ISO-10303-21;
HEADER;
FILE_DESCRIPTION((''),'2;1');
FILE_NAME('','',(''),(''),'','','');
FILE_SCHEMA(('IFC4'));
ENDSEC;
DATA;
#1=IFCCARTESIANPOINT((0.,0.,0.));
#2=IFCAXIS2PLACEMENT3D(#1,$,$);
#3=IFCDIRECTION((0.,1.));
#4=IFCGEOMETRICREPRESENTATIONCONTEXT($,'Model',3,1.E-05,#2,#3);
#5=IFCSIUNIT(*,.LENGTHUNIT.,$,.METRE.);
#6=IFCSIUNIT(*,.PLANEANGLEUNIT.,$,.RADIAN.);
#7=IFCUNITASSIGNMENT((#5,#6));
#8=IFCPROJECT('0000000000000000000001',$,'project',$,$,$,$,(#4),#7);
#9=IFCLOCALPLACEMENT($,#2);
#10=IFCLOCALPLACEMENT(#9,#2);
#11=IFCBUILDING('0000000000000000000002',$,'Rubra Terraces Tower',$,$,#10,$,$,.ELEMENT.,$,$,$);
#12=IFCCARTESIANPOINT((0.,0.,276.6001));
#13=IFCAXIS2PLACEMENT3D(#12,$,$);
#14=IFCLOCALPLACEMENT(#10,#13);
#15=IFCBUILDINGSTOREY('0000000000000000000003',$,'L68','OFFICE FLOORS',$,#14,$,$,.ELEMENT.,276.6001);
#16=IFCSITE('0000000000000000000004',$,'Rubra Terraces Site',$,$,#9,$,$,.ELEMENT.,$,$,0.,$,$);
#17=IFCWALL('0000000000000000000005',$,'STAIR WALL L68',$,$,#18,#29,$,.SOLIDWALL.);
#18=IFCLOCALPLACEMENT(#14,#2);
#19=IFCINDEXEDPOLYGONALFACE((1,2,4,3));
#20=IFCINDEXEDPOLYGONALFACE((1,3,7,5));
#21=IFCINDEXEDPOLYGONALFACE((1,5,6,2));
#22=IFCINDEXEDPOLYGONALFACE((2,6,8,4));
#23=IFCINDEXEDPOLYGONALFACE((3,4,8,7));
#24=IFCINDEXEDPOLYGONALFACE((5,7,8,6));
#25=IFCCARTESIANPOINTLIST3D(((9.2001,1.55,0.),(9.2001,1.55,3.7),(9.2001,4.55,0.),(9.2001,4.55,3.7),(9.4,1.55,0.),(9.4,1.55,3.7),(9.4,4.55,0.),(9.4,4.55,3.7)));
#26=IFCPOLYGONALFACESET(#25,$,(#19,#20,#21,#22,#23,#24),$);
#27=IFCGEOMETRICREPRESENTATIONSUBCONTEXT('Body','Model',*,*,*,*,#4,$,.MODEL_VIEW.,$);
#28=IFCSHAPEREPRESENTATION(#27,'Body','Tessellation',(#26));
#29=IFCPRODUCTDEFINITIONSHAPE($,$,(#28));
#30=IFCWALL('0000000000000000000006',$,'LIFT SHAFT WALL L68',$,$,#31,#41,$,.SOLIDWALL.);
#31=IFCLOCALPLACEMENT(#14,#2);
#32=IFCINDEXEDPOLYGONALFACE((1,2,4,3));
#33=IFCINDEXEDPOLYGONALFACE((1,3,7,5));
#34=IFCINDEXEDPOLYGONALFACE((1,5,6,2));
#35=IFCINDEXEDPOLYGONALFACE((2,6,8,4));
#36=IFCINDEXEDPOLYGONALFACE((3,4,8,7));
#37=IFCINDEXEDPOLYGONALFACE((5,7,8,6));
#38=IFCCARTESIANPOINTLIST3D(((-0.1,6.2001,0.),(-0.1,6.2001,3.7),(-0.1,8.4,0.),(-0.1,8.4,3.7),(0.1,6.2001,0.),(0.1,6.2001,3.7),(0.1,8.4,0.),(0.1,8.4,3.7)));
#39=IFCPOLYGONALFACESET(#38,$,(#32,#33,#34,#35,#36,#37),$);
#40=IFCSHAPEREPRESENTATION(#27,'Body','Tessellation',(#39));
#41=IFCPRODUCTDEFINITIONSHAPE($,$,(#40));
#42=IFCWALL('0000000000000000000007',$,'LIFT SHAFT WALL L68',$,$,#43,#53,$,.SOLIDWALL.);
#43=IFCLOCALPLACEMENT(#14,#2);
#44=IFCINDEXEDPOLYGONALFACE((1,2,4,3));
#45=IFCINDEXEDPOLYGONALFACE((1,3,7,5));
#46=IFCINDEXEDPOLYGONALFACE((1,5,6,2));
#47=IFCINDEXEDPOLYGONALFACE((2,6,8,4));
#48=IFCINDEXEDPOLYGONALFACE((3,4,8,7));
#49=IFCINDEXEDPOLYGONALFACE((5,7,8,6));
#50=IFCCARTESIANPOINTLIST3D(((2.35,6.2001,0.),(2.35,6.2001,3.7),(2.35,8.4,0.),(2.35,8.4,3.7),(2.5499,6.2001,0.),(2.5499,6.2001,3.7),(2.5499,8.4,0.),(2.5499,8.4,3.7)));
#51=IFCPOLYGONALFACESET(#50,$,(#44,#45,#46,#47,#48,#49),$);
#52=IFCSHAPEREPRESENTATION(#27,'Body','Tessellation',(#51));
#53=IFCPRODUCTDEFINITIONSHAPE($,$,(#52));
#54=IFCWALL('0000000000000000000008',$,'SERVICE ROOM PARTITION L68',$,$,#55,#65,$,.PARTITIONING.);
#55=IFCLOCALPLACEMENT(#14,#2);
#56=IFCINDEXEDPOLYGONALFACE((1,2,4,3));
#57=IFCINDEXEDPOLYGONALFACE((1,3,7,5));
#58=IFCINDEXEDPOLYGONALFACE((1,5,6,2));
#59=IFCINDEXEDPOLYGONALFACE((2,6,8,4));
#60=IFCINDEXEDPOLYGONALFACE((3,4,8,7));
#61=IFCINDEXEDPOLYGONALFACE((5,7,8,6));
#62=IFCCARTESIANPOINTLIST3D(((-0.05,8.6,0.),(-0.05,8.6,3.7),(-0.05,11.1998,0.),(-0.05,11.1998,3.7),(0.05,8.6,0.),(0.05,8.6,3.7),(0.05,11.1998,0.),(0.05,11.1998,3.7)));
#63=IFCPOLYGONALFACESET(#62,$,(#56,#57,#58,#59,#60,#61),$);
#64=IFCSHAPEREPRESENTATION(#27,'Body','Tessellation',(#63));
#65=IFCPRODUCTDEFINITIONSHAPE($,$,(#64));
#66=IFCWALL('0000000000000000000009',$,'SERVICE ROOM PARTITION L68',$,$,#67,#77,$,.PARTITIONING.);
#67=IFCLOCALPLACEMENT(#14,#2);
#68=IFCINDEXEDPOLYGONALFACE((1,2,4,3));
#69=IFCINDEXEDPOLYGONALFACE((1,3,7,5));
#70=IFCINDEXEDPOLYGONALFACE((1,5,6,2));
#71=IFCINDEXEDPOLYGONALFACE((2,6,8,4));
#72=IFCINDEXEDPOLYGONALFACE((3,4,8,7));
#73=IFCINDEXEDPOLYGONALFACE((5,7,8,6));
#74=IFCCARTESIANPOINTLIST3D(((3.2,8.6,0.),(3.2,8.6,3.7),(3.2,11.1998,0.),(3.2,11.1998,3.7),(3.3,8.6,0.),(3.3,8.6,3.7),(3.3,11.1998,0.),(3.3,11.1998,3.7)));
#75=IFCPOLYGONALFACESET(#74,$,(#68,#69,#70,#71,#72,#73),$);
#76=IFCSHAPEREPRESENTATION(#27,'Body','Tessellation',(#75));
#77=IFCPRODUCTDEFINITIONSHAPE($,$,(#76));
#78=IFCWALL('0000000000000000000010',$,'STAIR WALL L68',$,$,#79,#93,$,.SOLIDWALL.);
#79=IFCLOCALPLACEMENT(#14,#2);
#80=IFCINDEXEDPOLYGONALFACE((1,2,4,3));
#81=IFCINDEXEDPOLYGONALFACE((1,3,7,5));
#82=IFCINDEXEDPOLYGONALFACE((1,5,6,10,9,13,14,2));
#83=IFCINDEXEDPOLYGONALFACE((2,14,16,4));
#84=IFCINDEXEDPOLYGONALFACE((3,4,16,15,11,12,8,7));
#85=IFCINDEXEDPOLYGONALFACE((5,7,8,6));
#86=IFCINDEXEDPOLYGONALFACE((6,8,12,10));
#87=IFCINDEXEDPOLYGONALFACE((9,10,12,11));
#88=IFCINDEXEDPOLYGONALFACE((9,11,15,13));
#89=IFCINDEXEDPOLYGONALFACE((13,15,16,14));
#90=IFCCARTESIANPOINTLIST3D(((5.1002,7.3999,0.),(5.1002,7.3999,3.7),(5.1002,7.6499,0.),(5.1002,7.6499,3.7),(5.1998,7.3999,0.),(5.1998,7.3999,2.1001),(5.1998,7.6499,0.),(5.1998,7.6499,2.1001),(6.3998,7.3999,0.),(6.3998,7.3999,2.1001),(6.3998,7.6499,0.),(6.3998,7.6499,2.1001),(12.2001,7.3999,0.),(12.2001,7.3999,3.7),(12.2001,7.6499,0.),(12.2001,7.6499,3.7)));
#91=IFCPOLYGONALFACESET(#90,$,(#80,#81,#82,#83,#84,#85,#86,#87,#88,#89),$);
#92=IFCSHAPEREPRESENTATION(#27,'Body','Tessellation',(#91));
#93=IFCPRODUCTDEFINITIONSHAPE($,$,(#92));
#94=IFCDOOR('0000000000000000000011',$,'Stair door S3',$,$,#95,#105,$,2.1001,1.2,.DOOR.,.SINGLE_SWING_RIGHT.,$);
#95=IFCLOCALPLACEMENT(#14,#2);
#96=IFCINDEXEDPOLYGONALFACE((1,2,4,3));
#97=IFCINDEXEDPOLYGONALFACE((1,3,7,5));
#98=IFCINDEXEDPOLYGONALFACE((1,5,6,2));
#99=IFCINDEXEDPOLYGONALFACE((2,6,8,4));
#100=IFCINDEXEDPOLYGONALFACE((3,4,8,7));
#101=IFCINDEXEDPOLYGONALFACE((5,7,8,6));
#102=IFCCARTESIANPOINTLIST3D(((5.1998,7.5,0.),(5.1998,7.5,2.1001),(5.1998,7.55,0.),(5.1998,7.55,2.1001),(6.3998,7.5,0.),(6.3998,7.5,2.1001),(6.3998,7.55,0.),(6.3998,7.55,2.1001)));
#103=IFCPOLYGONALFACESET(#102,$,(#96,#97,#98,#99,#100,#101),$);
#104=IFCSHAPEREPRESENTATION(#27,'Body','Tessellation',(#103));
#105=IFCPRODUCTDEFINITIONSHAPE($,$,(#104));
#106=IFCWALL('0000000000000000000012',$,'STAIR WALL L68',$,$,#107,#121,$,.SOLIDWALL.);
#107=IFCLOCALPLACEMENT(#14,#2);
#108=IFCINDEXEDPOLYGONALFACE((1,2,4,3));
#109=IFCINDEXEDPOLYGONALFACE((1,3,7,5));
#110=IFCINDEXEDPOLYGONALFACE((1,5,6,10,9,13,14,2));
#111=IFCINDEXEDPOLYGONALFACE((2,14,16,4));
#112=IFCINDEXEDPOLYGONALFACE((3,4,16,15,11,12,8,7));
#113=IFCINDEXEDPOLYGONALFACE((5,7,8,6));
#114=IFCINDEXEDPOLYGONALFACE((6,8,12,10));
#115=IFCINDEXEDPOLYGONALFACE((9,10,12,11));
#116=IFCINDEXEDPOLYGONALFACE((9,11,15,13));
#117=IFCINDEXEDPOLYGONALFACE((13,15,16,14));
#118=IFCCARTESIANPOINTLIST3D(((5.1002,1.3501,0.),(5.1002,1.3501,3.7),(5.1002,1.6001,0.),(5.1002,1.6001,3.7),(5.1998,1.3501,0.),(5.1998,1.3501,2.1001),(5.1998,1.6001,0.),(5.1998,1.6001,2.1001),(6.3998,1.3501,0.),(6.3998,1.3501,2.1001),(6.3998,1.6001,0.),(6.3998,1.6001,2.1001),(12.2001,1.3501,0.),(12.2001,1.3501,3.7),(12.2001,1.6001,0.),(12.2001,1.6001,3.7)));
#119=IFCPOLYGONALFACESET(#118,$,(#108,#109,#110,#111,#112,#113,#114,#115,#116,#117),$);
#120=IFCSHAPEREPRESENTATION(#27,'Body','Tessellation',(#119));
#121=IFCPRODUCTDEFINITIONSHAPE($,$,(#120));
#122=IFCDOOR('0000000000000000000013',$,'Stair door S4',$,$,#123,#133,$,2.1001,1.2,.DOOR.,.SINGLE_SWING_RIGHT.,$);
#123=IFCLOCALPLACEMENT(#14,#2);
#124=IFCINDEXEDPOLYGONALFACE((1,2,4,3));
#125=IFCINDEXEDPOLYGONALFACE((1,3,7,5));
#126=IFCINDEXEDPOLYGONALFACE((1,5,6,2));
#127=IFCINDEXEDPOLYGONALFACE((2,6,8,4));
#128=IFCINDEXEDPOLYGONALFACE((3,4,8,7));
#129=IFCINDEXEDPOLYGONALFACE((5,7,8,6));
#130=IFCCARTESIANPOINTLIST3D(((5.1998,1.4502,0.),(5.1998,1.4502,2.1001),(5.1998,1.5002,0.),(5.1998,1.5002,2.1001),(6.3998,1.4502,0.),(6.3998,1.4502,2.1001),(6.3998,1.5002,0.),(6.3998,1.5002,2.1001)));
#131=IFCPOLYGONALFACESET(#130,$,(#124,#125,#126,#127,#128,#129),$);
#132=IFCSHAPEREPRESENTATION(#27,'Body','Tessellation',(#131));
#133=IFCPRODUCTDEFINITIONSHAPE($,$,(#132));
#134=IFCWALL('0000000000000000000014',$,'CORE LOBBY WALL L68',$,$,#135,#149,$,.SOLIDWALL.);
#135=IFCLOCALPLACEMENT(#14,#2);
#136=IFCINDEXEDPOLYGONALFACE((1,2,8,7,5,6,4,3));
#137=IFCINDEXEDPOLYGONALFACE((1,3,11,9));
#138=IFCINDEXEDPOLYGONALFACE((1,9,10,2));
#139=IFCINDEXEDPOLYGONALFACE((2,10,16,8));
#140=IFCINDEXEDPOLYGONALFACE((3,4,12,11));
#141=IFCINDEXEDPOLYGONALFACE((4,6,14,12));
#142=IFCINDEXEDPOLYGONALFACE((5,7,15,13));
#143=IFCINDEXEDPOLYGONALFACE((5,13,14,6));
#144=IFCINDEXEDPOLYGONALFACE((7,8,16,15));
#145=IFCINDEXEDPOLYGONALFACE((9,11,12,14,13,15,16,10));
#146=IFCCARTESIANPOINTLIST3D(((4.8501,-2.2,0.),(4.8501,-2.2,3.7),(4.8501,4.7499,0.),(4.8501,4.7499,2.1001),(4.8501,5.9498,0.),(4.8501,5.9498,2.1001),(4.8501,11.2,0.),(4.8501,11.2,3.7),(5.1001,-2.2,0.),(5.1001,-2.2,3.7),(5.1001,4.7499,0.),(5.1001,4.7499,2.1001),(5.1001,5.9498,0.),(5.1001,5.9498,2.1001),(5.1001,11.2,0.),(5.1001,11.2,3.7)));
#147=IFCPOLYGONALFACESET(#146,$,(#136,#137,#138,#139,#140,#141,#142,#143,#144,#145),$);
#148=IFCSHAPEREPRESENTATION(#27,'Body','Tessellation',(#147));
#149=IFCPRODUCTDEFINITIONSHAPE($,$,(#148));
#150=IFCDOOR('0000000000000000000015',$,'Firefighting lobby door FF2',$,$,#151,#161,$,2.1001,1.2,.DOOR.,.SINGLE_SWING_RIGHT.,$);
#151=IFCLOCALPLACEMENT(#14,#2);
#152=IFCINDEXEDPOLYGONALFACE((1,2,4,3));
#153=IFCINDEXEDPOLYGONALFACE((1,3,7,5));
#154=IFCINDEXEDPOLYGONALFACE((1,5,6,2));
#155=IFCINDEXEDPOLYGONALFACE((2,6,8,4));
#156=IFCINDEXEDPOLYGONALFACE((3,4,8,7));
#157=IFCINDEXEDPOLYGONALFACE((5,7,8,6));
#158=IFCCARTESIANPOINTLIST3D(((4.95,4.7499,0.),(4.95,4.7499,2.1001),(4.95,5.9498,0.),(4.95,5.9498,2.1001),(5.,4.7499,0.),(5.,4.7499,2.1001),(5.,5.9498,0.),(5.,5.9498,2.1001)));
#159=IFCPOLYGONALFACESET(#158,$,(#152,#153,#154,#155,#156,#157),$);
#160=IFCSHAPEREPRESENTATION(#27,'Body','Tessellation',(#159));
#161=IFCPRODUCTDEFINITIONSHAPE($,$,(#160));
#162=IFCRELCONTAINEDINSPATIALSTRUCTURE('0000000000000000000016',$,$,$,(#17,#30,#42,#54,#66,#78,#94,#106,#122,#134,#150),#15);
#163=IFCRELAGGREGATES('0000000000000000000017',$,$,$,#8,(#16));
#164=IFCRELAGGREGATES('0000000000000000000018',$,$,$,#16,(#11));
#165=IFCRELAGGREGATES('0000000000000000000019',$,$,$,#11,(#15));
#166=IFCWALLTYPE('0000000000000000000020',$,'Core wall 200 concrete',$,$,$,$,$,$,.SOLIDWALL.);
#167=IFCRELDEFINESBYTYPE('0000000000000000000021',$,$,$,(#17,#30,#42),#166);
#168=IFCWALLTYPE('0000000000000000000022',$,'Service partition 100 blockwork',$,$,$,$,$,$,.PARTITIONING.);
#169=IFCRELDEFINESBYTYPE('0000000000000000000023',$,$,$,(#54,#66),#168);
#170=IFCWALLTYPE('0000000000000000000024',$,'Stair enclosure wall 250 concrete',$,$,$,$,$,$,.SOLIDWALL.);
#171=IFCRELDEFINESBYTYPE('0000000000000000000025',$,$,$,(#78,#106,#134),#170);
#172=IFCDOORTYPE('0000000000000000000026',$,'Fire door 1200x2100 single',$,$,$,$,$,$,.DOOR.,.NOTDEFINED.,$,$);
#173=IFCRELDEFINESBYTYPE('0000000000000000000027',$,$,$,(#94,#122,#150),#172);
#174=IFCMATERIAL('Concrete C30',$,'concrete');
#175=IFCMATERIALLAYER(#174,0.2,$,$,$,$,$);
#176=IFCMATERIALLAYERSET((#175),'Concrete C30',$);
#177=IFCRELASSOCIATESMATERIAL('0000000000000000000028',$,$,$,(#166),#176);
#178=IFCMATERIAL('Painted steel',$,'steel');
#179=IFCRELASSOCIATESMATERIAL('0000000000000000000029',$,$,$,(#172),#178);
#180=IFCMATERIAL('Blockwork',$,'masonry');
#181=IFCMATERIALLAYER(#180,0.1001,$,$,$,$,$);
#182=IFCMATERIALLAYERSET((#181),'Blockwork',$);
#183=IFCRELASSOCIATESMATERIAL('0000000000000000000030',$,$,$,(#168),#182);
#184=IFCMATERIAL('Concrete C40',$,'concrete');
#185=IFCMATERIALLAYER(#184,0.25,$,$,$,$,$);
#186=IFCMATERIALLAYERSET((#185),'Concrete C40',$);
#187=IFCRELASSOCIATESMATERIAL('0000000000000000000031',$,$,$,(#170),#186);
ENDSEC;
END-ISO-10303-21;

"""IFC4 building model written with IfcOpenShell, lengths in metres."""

from ifc_helpers import new_model, si_unit, direction, frame, frame_2d, origin, place, context, subcontext, project, spatial, rectangle, extrude, material, layer, layer_set, type_object, element, fill, save


model = new_model("IFC4")

# Units and contexts
model_context = context("Model", 3, precision=1e-05, world=origin(), true_north=direction((0.0, 1.0)))
body_context = subcontext(model_context, "Body", "Model", "MODEL_VIEW")
ifc_project = project(units=[si_unit("LENGTHUNIT", "METRE"), si_unit("PLANEANGLEUNIT", "RADIAN")], contexts=[model_context])

# Site, building, storey
site_placement = place(None, origin())
site = spatial("IfcSite", under=ifc_project, at=site_placement, Name="Rubra Terraces Site", CompositionType="ELEMENT", RefElevation=0.0)
building_placement = place(site_placement, origin())
building = spatial("IfcBuilding", under=site, at=building_placement, Name="Rubra Terraces Tower", CompositionType="ELEMENT")
storey_placement = place(building_placement, frame((0.0, 0.0, 276.6001)))
storey = spatial("IfcBuildingStorey", under=building, at=storey_placement, Name="L68", Description="OFFICE FLOORS", CompositionType="ELEMENT", Elevation=276.6001)

# Shared definitions
ifc_material_1 = material(Name="Concrete C40", Category="concrete")

# Shared definitions
ifc_material_2 = material(Name="Concrete C30", Category="concrete")
ifc_layer_1 = layer(ifc_material_2, 0.2)
ifc_layer_set_1 = layer_set([ifc_layer_1], Name="Concrete C30")
wall_type_1 = type_object("IfcWallType", Name="Core wall 200 concrete", PredefinedType="SOLIDWALL", material=ifc_layer_set_1)
ifc_material_3 = material(Name="Painted steel", Category="steel")
door_type_1 = type_object("IfcDoorType", Name="Fire door 1200x2100 single", OperationType="NOTDEFINED", PredefinedType="DOOR", material=ifc_material_3)

# Walls
wall_1_placement = place(storey_placement, frame((9.3, 4.55, 0.0), z_axis=(0.0, 0.0, 1.0), x_axis=(0.0, -1.0, 0.0)))
element("IfcWall", 1, at=wall_1_placement, inside=storey, type_object=wall_type_1, Name="STAIR WALL L68", PredefinedType="SOLIDWALL", context=body_context, shape_type="SweptSolid", body=[
    extrude(rectangle(XDim=3.0, YDim=0.2, at=frame_2d((1.5, 0.0))), origin(), (0.0, 0.0, 1.0), 3.7),
])
for number, where, z_axis, x_axis, name in (
    (2, (0.0, 6.2, 0.0), (0.0, 0.0, 1.0), (0.0, 1.0, 0.0), "LIFT SHAFT WALL L68"),
    (3, (2.45, 6.2, 0.0), (0.0, 0.0, 1.0), (0.0, 1.0, 0.0), "LIFT SHAFT WALL L68"),
):
    element("IfcWall", number, at=place(storey_placement, frame(where, z_axis=z_axis, x_axis=x_axis)), inside=storey, type_object=wall_type_1, Name=name, PredefinedType="SOLIDWALL", context=body_context, shape_type="SweptSolid", body=[
        extrude(rectangle(XDim=2.2, YDim=0.2, at=frame_2d((1.1001, 0.0))), origin(), (0.0, 0.0, 1.0), 3.7),
    ])
ifc_material_4 = material(Name="Blockwork", Category="masonry")
ifc_layer_2 = layer(ifc_material_4, 0.1001)
ifc_layer_set_2 = layer_set([ifc_layer_2], Name="Blockwork")
wall_type_2 = type_object("IfcWallType", Name="Service partition 100 blockwork", PredefinedType="PARTITIONING", material=ifc_layer_set_2)
for number, where, z_axis, x_axis, name in (
    (4, (0.0, 8.6001, 0.0), (0.0, 0.0, 1.0), (0.0, 1.0, 0.0), "SERVICE ROOM PARTITION L68"),
    (5, (3.25, 8.6001, 0.0), (0.0, 0.0, 1.0), (0.0, 1.0, 0.0), "SERVICE ROOM PARTITION L68"),
):
    element("IfcWall", number, at=place(storey_placement, frame(where, z_axis=z_axis, x_axis=x_axis)), inside=storey, type_object=wall_type_2, Name=name, PredefinedType="PARTITIONING", context=body_context, shape_type="SweptSolid", body=[
        extrude(rectangle(XDim=2.5999, YDim=0.1001, at=frame_2d((1.2998, 0.0))), origin(), (0.0, 0.0, 1.0), 3.7),
    ])

# Walls, openings, doors
ifc_layer_3 = layer(ifc_material_1, 0.25)
ifc_layer_set_3 = layer_set([ifc_layer_3], Name="Concrete C40")
wall_type_3 = type_object("IfcWallType", Name="Stair enclosure wall 250 concrete", PredefinedType="SOLIDWALL", material=ifc_layer_set_3)
wall_2_placement = place(storey_placement, frame((12.2, 7.5249, 0.0), z_axis=(0.0, 0.0, 1.0), x_axis=(-1.0, 0.0, 0.0)))
wall_2 = element("IfcWall", 6, at=wall_2_placement, inside=storey, type_object=wall_type_3, Name="STAIR WALL L68", PredefinedType="SOLIDWALL", context=body_context, shape_type="SweptSolid", body=[
    extrude(rectangle(XDim=7.0999, YDim=0.25, at=frame_2d((3.5498, 0.0))), origin(), (0.0, 0.0, 1.0), 3.7),
])
opening_1_placement = place(wall_2_placement, frame((5.8, 0.0, 0.0)))
opening_1 = element("IfcOpeningElement", 7, at=opening_1_placement, cuts=wall_2, PredefinedType="OPENING", context=body_context, shape_type="SweptSolid", body=[
    extrude(rectangle(XDim=1.2, YDim=2.1001, at=frame_2d((0.6001, 1.05))), frame((0.0, 0.135, 0.0), z_axis=(0.0, -1.0, 0.0), x_axis=(1.0, 0.0, 0.0)), (0.0, 0.0, 1.0), 0.27),
])
door_1_placement = place(opening_1_placement, origin())
door_1 = element("IfcDoor", 8, at=door_1_placement, inside=storey, type_object=door_type_1, Name="Stair door S3", OperationType="SINGLE_SWING_RIGHT", OverallHeight=2.1001, OverallWidth=1.2, PredefinedType="DOOR", context=body_context, shape_type="SweptSolid", body=[
    extrude(rectangle(XDim=1.2, YDim=2.1001, at=frame_2d((0.6001, 1.05))), frame((0.0, 0.0249, 0.0), z_axis=(0.0, -1.0, 0.0), x_axis=(1.0, 0.0, 0.0)), (0.0, 0.0, 1.0), 0.05),
])
fill(opening_1, door_1)
wall_3_placement = place(storey_placement, frame((12.2, 1.4751, 0.0), z_axis=(0.0, 0.0, 1.0), x_axis=(-1.0, 0.0, 0.0)))
wall_3 = element("IfcWall", 9, at=wall_3_placement, inside=storey, type_object=wall_type_3, Name="STAIR WALL L68", PredefinedType="SOLIDWALL", context=body_context, shape_type="SweptSolid", body=[
    extrude(rectangle(XDim=7.0999, YDim=0.25, at=frame_2d((3.5498, 0.0))), origin(), (0.0, 0.0, 1.0), 3.7),
])
opening_2_placement = place(wall_3_placement, frame((5.8, 0.0, 0.0)))
opening_2 = element("IfcOpeningElement", 10, at=opening_2_placement, cuts=wall_3, PredefinedType="OPENING", context=body_context, shape_type="SweptSolid", body=[
    extrude(rectangle(XDim=1.2, YDim=2.1001, at=frame_2d((0.6001, 1.05))), frame((0.0, 0.135, 0.0), z_axis=(0.0, -1.0, 0.0), x_axis=(1.0, 0.0, 0.0)), (0.0, 0.0, 1.0), 0.27),
])
door_2_placement = place(opening_2_placement, origin())
door_2 = element("IfcDoor", 11, at=door_2_placement, inside=storey, type_object=door_type_1, Name="Stair door S4", OperationType="SINGLE_SWING_RIGHT", OverallHeight=2.1001, OverallWidth=1.2, PredefinedType="DOOR", context=body_context, shape_type="SweptSolid", body=[
    extrude(rectangle(XDim=1.2, YDim=2.1001, at=frame_2d((0.6001, 1.05))), frame((0.0, 0.0249, 0.0), z_axis=(0.0, -1.0, 0.0), x_axis=(1.0, 0.0, 0.0)), (0.0, 0.0, 1.0), 0.05),
])
fill(opening_2, door_2)
wall_4_placement = place(storey_placement, frame((4.9751, 11.2, 0.0), z_axis=(0.0, 0.0, 1.0), x_axis=(0.0, -1.0, 0.0)))
wall_4 = element("IfcWall", 12, at=wall_4_placement, inside=storey, type_object=wall_type_3, Name="CORE LOBBY WALL L68", PredefinedType="SOLIDWALL", context=body_context, shape_type="SweptSolid", body=[
    extrude(rectangle(XDim=13.3999, YDim=0.25, at=frame_2d((6.7, 0.0))), origin(), (0.0, 0.0, 1.0), 3.7),
])
opening_3_placement = place(wall_4_placement, frame((5.25, 0.0, 0.0)))
opening_3 = element("IfcOpeningElement", 13, at=opening_3_placement, cuts=wall_4, PredefinedType="OPENING", context=body_context, shape_type="SweptSolid", body=[
    extrude(rectangle(XDim=1.2, YDim=2.1001, at=frame_2d((0.6001, 1.05))), frame((0.0, 0.135, 0.0), z_axis=(0.0, -1.0, 0.0), x_axis=(1.0, 0.0, 0.0)), (0.0, 0.0, 1.0), 0.27),
])
door_3_placement = place(opening_3_placement, origin())
door_3 = element("IfcDoor", 14, at=door_3_placement, inside=storey, type_object=door_type_1, Name="Firefighting lobby door FF2", OperationType="SINGLE_SWING_RIGHT", OverallHeight=2.1001, OverallWidth=1.2, PredefinedType="DOOR", context=body_context, shape_type="SweptSolid", body=[
    extrude(rectangle(XDim=1.2, YDim=2.1001, at=frame_2d((0.6001, 1.05))), frame((0.0, 0.0249, 0.0), z_axis=(0.0, -1.0, 0.0), x_axis=(1.0, 0.0, 0.0)), (0.0, 0.0, 1.0), 0.05),
])
fill(opening_3, door_3)

save(model, "model.ifc")
